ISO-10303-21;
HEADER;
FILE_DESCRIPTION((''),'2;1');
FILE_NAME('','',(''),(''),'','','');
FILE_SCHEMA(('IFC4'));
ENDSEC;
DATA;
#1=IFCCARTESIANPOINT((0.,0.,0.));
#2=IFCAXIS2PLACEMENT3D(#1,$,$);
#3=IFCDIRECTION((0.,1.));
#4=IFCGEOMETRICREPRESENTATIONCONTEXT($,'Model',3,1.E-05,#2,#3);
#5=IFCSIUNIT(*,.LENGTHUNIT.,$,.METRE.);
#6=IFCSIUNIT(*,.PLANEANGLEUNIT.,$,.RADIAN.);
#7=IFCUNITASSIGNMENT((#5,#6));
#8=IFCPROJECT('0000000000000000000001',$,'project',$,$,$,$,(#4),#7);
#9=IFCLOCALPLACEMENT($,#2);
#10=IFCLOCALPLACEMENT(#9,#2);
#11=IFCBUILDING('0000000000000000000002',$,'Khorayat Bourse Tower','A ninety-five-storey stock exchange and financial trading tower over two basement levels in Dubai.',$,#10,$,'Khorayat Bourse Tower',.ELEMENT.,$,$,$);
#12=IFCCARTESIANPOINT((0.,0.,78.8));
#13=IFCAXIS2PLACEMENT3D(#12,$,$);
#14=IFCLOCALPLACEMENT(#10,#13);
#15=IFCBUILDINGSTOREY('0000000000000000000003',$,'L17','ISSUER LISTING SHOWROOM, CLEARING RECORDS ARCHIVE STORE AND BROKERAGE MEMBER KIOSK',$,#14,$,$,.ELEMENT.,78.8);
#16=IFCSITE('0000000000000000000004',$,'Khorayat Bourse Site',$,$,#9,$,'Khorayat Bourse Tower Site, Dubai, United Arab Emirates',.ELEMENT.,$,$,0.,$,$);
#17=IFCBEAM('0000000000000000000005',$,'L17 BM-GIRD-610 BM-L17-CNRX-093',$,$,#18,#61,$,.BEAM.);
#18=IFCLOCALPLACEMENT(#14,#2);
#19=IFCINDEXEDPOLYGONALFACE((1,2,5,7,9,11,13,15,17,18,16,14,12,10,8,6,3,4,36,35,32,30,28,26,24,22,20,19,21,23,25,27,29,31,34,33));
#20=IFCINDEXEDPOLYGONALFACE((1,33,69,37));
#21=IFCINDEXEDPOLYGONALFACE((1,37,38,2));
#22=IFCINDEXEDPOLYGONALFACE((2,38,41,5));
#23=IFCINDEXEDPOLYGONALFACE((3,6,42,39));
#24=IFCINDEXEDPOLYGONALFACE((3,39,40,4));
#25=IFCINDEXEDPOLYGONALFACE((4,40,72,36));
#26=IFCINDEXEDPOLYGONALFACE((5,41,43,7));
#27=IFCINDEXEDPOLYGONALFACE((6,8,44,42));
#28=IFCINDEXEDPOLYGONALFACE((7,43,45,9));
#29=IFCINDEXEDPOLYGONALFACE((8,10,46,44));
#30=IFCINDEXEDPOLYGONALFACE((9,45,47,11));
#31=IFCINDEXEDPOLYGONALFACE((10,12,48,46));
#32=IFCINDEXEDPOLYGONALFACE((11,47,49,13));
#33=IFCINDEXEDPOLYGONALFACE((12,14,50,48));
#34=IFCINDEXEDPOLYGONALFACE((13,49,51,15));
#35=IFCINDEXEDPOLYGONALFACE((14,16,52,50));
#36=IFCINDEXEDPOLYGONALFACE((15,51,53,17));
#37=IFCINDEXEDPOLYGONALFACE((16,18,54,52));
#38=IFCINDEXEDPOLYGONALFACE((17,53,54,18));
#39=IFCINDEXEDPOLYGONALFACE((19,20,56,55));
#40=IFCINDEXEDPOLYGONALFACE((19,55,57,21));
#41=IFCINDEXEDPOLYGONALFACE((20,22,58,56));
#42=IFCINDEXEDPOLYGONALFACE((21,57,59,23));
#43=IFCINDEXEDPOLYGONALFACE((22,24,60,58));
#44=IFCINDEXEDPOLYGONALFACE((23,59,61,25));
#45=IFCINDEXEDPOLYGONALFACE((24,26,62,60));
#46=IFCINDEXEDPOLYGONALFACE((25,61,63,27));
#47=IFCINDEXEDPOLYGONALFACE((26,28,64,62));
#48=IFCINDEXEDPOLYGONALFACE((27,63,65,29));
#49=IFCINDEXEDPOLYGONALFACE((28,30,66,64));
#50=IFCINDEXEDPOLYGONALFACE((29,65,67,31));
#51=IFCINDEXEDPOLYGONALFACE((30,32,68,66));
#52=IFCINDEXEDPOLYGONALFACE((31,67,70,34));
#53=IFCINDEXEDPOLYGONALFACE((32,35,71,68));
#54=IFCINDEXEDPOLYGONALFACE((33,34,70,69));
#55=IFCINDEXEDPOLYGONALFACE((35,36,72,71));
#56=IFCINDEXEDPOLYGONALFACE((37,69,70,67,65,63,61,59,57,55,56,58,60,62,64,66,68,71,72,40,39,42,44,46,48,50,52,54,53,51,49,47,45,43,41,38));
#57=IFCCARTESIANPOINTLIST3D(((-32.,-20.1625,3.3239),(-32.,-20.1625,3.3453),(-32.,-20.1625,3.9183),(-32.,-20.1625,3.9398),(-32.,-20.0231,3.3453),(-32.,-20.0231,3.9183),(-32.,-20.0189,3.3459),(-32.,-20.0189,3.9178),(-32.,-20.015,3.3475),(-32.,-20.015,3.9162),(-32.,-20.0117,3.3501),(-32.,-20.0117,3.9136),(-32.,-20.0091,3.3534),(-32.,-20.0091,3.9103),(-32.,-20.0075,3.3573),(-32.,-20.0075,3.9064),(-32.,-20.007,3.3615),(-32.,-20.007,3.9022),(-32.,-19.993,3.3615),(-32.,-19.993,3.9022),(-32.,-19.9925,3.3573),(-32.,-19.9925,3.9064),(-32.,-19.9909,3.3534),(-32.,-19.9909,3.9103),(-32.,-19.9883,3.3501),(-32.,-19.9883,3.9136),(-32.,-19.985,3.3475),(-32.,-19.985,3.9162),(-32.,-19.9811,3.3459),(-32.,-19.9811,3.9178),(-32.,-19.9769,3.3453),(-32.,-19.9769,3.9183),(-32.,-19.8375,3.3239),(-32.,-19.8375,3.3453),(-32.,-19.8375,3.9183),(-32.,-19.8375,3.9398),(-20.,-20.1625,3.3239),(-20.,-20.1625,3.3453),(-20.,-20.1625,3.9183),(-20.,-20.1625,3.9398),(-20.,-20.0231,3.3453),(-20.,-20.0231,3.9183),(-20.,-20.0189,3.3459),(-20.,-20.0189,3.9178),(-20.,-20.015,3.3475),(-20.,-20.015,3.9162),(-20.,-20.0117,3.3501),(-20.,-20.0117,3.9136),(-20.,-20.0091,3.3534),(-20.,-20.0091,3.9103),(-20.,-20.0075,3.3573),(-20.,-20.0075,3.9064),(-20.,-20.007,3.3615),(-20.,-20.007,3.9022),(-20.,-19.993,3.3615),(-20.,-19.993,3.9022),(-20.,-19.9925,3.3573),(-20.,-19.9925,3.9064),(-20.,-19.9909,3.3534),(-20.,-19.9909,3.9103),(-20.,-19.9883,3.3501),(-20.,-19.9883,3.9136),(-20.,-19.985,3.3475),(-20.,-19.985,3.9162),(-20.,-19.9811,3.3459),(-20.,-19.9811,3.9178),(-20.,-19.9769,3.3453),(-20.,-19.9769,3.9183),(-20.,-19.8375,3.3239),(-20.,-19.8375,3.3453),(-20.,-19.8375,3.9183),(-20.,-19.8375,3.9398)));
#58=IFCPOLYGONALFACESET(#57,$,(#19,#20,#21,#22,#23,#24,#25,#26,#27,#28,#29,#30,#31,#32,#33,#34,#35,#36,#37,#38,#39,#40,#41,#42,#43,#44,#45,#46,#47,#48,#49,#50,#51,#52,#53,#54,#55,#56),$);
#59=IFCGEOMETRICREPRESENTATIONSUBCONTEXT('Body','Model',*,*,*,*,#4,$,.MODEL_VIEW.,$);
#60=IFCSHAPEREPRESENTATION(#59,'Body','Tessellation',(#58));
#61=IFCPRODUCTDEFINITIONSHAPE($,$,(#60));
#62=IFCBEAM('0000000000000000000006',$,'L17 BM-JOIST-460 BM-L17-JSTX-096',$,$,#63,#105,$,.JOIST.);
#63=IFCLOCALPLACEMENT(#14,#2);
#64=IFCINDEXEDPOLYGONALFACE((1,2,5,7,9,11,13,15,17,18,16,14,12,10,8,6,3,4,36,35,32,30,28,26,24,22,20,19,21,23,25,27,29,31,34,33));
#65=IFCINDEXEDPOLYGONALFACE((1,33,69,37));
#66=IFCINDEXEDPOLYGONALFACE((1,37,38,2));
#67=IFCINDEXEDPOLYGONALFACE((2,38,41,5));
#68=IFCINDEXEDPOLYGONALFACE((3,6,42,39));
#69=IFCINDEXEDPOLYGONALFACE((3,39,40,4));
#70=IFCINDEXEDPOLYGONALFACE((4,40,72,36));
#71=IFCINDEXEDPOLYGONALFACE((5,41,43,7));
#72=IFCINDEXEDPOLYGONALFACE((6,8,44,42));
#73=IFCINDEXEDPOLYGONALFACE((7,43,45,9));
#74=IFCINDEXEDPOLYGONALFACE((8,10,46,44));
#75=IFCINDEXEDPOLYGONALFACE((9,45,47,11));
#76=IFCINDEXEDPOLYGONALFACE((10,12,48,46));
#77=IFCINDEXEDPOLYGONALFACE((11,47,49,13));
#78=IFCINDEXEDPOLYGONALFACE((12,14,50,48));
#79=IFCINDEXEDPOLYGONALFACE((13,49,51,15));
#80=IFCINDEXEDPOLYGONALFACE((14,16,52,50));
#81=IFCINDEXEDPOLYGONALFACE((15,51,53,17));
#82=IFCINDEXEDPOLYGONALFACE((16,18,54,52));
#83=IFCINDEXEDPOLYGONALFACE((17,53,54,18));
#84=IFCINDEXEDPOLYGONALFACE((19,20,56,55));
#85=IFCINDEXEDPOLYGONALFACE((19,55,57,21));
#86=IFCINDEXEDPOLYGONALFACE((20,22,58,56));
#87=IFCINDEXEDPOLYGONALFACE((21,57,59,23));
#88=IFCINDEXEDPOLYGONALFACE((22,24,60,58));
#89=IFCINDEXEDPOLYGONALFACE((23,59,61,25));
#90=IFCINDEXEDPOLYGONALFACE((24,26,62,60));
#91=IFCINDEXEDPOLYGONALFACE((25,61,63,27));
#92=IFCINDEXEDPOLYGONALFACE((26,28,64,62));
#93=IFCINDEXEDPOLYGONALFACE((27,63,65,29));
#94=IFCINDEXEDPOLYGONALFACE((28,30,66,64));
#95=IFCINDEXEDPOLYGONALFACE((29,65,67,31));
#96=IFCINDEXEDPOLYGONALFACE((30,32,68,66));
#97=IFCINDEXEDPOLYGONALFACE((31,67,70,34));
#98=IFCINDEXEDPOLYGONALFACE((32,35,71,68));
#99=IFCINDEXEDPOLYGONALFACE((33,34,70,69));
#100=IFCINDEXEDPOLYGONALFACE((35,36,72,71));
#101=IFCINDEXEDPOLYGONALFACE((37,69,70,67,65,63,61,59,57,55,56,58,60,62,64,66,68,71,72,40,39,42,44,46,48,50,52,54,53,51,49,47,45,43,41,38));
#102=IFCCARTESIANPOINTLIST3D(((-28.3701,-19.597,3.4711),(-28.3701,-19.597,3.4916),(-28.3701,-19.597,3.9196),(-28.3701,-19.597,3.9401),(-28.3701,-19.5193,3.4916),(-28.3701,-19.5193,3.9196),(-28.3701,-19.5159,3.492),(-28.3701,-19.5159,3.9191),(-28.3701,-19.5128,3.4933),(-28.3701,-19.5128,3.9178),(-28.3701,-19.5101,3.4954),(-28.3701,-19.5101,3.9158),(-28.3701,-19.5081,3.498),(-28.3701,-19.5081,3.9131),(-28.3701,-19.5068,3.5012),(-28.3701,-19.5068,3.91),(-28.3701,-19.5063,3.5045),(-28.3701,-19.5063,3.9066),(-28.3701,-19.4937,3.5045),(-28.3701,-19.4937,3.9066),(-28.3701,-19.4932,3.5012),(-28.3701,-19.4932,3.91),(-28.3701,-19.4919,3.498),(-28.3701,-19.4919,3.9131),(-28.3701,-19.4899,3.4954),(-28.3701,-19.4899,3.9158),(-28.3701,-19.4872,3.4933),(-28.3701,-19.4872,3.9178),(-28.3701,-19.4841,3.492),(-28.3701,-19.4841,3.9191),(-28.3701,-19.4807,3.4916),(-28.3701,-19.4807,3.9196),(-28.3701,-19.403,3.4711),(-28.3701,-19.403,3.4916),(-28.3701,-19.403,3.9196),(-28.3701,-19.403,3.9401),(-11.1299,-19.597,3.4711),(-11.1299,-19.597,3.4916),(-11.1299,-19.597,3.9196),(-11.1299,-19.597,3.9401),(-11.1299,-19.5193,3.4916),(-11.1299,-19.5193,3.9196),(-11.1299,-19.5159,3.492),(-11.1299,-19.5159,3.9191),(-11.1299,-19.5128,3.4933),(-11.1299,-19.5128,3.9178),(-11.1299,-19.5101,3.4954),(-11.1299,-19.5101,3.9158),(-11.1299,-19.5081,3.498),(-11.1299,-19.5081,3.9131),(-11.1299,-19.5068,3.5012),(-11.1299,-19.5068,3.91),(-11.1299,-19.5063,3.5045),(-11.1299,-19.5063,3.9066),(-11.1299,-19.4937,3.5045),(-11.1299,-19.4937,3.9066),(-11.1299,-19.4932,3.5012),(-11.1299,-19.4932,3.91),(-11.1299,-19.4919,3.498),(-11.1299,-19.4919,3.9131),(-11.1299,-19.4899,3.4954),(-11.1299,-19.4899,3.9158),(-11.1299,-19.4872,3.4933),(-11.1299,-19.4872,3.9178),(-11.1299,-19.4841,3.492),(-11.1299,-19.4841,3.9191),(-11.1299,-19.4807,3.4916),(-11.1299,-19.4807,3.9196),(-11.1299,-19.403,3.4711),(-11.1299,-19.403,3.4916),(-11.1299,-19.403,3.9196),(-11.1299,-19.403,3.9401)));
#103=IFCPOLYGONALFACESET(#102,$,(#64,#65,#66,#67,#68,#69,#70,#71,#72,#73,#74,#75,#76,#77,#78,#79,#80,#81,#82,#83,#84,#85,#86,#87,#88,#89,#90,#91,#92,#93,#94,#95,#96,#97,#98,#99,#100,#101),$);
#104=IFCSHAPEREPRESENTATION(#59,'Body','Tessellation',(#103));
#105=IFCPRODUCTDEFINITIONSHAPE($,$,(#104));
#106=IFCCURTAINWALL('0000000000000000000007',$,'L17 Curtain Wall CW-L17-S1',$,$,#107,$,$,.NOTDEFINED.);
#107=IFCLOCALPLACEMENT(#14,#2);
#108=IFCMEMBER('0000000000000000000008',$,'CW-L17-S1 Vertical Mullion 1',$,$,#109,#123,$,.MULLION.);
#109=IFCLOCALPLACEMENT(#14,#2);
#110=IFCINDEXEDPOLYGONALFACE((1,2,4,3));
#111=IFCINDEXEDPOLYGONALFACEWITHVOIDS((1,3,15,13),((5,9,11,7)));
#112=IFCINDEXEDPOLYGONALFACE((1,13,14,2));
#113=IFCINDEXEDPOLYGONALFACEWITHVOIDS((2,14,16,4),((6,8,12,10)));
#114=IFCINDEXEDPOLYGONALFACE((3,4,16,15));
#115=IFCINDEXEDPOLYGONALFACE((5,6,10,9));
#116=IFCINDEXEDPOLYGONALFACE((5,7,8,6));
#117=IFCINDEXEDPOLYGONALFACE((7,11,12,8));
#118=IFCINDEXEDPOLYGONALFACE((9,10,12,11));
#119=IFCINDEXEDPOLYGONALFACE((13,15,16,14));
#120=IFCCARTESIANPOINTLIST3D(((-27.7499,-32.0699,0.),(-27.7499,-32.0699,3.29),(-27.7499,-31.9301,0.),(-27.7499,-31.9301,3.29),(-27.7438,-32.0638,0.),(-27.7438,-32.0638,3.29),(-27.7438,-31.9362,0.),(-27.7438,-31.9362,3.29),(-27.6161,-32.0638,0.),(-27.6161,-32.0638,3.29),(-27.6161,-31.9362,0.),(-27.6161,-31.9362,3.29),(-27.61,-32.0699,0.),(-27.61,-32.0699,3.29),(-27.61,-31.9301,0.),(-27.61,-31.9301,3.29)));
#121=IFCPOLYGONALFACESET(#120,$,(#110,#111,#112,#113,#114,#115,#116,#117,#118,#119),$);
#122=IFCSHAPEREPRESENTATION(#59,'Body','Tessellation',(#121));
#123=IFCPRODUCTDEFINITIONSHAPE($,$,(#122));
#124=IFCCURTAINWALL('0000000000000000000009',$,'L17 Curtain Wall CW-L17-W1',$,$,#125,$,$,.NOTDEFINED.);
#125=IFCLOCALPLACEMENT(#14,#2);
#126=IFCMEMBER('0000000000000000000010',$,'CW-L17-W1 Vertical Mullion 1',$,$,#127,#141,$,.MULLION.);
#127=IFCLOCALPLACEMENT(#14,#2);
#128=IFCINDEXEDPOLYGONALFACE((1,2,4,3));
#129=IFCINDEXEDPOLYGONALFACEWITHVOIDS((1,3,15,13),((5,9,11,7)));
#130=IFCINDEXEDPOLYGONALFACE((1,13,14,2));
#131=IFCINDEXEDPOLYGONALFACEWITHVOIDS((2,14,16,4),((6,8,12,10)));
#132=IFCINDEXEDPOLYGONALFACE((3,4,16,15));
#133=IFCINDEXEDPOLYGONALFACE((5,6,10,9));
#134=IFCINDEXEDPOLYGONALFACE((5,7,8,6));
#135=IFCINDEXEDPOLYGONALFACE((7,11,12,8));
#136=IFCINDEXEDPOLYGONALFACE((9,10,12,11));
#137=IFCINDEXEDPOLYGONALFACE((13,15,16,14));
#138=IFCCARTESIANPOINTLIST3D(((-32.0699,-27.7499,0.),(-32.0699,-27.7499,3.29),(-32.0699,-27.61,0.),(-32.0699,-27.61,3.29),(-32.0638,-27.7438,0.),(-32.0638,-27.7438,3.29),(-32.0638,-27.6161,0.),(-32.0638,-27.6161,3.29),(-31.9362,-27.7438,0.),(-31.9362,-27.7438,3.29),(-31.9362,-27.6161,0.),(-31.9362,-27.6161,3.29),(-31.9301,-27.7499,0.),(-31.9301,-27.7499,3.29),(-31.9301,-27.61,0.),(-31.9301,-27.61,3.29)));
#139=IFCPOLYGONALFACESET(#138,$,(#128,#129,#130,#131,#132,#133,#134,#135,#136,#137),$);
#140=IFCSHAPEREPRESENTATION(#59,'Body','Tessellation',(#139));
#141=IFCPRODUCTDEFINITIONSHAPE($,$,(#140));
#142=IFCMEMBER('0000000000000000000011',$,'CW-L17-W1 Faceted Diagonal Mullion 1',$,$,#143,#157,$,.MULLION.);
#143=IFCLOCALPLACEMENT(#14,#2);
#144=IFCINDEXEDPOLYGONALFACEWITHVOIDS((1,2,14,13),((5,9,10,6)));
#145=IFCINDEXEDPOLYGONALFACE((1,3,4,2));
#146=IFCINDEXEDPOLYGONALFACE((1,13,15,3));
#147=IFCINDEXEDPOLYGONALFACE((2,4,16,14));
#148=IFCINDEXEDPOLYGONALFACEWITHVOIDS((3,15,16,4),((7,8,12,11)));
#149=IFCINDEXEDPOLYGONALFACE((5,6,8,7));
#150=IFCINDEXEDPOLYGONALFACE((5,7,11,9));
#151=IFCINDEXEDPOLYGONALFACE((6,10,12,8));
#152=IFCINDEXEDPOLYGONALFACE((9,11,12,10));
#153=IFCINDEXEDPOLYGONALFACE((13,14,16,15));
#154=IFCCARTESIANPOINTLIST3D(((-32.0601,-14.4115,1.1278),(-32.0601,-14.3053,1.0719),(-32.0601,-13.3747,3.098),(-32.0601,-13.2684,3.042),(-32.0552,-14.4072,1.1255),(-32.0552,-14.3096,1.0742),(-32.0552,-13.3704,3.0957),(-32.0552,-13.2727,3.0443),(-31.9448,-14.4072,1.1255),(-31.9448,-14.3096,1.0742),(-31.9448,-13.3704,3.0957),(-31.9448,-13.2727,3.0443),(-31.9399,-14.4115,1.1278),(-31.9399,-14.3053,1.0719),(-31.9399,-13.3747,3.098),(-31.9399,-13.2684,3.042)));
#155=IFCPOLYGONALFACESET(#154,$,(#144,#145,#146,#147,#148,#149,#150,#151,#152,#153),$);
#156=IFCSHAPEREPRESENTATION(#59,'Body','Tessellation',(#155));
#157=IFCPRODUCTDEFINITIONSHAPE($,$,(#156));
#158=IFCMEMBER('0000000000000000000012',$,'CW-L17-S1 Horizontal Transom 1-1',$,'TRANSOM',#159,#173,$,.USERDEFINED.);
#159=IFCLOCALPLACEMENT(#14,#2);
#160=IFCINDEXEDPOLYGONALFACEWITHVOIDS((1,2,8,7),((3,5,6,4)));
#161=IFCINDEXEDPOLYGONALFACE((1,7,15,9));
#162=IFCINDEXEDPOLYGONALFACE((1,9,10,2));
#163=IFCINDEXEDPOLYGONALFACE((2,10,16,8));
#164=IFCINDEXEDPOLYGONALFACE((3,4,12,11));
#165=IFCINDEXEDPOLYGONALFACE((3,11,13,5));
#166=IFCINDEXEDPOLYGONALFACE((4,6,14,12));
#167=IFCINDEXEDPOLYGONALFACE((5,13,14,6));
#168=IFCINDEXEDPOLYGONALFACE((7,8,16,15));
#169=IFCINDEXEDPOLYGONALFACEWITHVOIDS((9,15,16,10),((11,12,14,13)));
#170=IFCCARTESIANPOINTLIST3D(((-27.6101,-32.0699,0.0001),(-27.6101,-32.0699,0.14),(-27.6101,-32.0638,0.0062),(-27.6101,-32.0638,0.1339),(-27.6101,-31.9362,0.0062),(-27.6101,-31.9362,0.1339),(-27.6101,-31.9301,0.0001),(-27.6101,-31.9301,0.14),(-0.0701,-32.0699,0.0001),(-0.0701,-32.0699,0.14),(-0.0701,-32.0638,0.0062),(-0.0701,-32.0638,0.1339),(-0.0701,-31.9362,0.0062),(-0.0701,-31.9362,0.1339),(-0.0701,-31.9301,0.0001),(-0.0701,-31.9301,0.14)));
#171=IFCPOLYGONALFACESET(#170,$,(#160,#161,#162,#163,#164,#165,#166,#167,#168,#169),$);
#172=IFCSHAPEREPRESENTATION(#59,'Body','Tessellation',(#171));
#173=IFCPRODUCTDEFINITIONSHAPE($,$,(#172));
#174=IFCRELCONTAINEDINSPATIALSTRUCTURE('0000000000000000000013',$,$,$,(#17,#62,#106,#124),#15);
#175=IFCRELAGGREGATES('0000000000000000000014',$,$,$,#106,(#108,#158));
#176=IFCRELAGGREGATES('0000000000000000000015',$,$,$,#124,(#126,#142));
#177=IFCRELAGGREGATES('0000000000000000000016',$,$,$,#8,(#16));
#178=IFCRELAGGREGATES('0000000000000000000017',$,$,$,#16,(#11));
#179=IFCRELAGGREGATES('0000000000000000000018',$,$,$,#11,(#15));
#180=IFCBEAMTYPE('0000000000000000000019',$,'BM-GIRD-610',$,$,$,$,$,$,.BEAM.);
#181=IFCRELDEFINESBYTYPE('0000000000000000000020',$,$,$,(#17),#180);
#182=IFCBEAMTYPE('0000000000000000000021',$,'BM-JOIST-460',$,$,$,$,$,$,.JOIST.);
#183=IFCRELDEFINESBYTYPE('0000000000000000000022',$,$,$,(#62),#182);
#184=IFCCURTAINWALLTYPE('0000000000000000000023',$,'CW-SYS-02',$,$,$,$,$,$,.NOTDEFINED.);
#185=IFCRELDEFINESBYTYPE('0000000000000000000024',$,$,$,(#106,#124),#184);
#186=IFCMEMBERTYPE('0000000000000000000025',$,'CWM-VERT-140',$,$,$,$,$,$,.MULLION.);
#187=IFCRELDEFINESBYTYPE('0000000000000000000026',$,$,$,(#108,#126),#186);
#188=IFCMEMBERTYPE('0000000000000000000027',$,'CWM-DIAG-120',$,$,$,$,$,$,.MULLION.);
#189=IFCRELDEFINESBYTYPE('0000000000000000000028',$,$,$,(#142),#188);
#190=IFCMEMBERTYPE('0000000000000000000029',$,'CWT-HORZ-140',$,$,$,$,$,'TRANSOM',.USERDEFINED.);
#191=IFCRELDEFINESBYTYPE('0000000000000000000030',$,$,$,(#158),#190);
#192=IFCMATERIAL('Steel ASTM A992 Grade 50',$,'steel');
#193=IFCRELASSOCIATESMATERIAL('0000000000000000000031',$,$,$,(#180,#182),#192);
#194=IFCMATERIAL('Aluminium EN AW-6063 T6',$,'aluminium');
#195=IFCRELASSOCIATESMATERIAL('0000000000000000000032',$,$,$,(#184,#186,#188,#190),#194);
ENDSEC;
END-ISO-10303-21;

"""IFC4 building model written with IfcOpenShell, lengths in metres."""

from ifc_helpers import new_model, si_unit, direction, frame, origin, origin_2d, place, context, subcontext, project, spatial, hollow_rectangle, i_section, extrude, source, transform, mapped, material, material_profile, profile_set, type_object, element, aggregate, save


model = new_model("IFC4")

# Units and contexts
model_context = context("Model", 3, precision=1e-05, world=origin(), true_north=direction((0.0, 1.0)))
body_context = subcontext(model_context, "Body", "Model", "MODEL_VIEW")
ifc_project = project(units=[si_unit("LENGTHUNIT", "METRE"), si_unit("PLANEANGLEUNIT", "RADIAN")], contexts=[model_context])

# Site, building, storey
site_placement = place(None, origin())
site = spatial("IfcSite", under=ifc_project, at=site_placement, Name="Khorayat Bourse Site", LongName="Khorayat Bourse Tower Site, Dubai, United Arab Emirates", CompositionType="ELEMENT", RefElevation=0.0)
building_placement = place(site_placement, origin())
building = spatial("IfcBuilding", under=site, at=building_placement, Name="Khorayat Bourse Tower", Description="A ninety-five-storey stock exchange and financial trading tower over two basement levels in Dubai.", LongName="Khorayat Bourse Tower", CompositionType="ELEMENT")
storey_placement = place(building_placement, frame((0.0, 0.0, 78.8)))
storey = spatial("IfcBuildingStorey", under=building, at=storey_placement, Name="L17", Description="ISSUER LISTING SHOWROOM, CLEARING RECORDS ARCHIVE STORE AND BROKERAGE MEMBER KIOSK", CompositionType="ELEMENT", Elevation=78.8)

# Beams
ifc_material_1 = material(Name="Steel ASTM A992 Grade 50", Category="steel")
ifc_material_profile_1 = material_profile(ifc_material_1, i_section(OverallWidth=0.325, OverallDepth=0.616, WebThickness=0.0139, FlangeThickness=0.0215, FilletRadius=0.0161, at=origin_2d()), Name="W610X174")
ifc_profile_set_1 = profile_set([ifc_material_profile_1], Name="Steel ASTM A992 Grade 50")
beam_type_1 = type_object("IfcBeamType", Name="BM-GIRD-610", PredefinedType="BEAM", material=ifc_profile_set_1)
shared_shape_1 = source(origin(), body_context, "Body", "SweptSolid", [
    extrude(i_section(OverallWidth=0.325, OverallDepth=0.616, WebThickness=0.0139, FlangeThickness=0.0215, FilletRadius=0.0161, at=origin_2d()), origin(), (0.0, 0.0, 1.0), 12.0),
])
beam_1_placement = place(storey_placement, frame((-32.0, -20.0, 3.6318), z_axis=(1.0, 0.0, 0.0), x_axis=(0.0, 1.0, 0.0)))
element("IfcBeam", 1, at=beam_1_placement, inside=storey, type_object=beam_type_1, Name="L17 BM-GIRD-610 BM-L17-CNRX-093", PredefinedType="BEAM", context=body_context, shape_type="MappedRepresentation", body=[
    mapped(shared_shape_1, transform((0.0, 0.0, 0.0), scale=1.0)),
])
ifc_material_profile_2 = material_profile(ifc_material_1, i_section(OverallWidth=0.1941, OverallDepth=0.469, WebThickness=0.0127, FlangeThickness=0.0205, FilletRadius=0.0129, at=origin_2d()), Name="W460X106")
ifc_profile_set_2 = profile_set([ifc_material_profile_2], Name="Steel ASTM A992 Grade 50")
beam_type_2 = type_object("IfcBeamType", Name="BM-JOIST-460", PredefinedType="JOIST", material=ifc_profile_set_2)
shared_shape_2 = source(origin(), body_context, "Body", "SweptSolid", [
    extrude(i_section(OverallWidth=0.1941, OverallDepth=0.469, WebThickness=0.0127, FlangeThickness=0.0205, FilletRadius=0.0129, at=origin_2d()), origin(), (0.0, 0.0, 1.0), 17.2402),
])
beam_2_placement = place(storey_placement, frame((-28.3701, -19.5, 3.7056), z_axis=(1.0, 0.0, 0.0), x_axis=(0.0, 1.0, 0.0)))
element("IfcBeam", 2, at=beam_2_placement, inside=storey, type_object=beam_type_2, Name="L17 BM-JOIST-460 BM-L17-JSTX-096", PredefinedType="JOIST", context=body_context, shape_type="MappedRepresentation", body=[
    mapped(shared_shape_2, transform((0.0, 0.0, 0.0), scale=1.0)),
])

# Curtain wall, member
ifc_material_2 = material(Name="Aluminium EN AW-6063 T6", Category="aluminium")
curtain_wall_type = type_object("IfcCurtainWallType", Name="CW-SYS-02", PredefinedType="NOTDEFINED", material=ifc_material_2)
curtain_wall_1_placement = place(storey_placement, origin())
curtain_wall_1 = element("IfcCurtainWall", 3, at=curtain_wall_1_placement, inside=storey, type_object=curtain_wall_type, Name="L17 Curtain Wall CW-L17-S1", PredefinedType="NOTDEFINED")
ifc_material_profile_3 = material_profile(ifc_material_2, hollow_rectangle(XDim=0.1399, YDim=0.1399, WallThickness=0.0061, at=origin_2d()), Name="ALU 140x140x6")
ifc_profile_set_3 = profile_set([ifc_material_profile_3], Name="Aluminium EN AW-6063 T6")
member_type_1 = type_object("IfcMemberType", Name="CWM-VERT-140", PredefinedType="MULLION", material=ifc_profile_set_3)
shared_shape_3 = source(origin(), body_context, "Body", "SweptSolid", [
    extrude(hollow_rectangle(XDim=0.1399, YDim=0.1399, WallThickness=0.0061, at=origin_2d()), origin(), (0.0, 0.0, 1.0), 3.29),
])
member_1_placement = place(storey_placement, frame((-27.6799, -32.0, 0.0), z_axis=(0.0, 0.0, 1.0), x_axis=(0.0, 1.0, 0.0)))
member_1 = element("IfcMember", 4, at=member_1_placement, type_object=member_type_1, Name="CW-L17-S1 Vertical Mullion 1", PredefinedType="MULLION", context=body_context, shape_type="MappedRepresentation", body=[
    mapped(shared_shape_3, transform((0.0, 0.0, 0.0), scale=1.0)),
])

# Curtain wall, members
curtain_wall_2_placement = place(storey_placement, origin())
curtain_wall_2 = element("IfcCurtainWall", 5, at=curtain_wall_2_placement, inside=storey, type_object=curtain_wall_type, Name="L17 Curtain Wall CW-L17-W1", PredefinedType="NOTDEFINED")
member_2_placement = place(storey_placement, frame((-32.0, -27.6799, 0.0), z_axis=(0.0, 0.0, 1.0), x_axis=(-1.0, 0.0, 0.0)))
member_2 = element("IfcMember", 6, at=member_2_placement, type_object=member_type_1, Name="CW-L17-W1 Vertical Mullion 1", PredefinedType="MULLION", context=body_context, shape_type="MappedRepresentation", body=[
    mapped(shared_shape_3, transform((0.0, 0.0, 0.0), scale=1.0)),
])
ifc_material_profile_4 = material_profile(ifc_material_2, hollow_rectangle(XDim=0.1201, YDim=0.1201, WallThickness=0.0049, at=origin_2d()), Name="ALU 120x120x5")
ifc_profile_set_4 = profile_set([ifc_material_profile_4], Name="Aluminium EN AW-6063 T6")
member_type_2 = type_object("IfcMemberType", Name="CWM-DIAG-120", PredefinedType="MULLION", material=ifc_profile_set_4)
shared_shape_4 = source(origin(), body_context, "Body", "SweptSolid", [
    extrude(hollow_rectangle(XDim=0.1201, YDim=0.1201, WallThickness=0.0049, at=origin_2d()), origin(), (0.0, 0.0, 1.0), 2.2263),
])
member_3_placement = place(storey_placement, frame((-32.0, -14.3584, 1.0999), z_axis=(0.0, 0.465715, 0.884935), x_axis=(-1.0, 0.0, 0.0)))
member_3 = element("IfcMember", 7, at=member_3_placement, type_object=member_type_2, Name="CW-L17-W1 Faceted Diagonal Mullion 1", PredefinedType="MULLION", context=body_context, shape_type="MappedRepresentation", body=[
    mapped(shared_shape_4, transform((0.0, 0.0, 0.0), scale=1.0)),
])

# Member
ifc_material_profile_5 = material_profile(ifc_material_2, hollow_rectangle(XDim=0.1399, YDim=0.1399, WallThickness=0.0061, at=origin_2d()), Name="ALU 140x140x6")
ifc_profile_set_5 = profile_set([ifc_material_profile_5], Name="Aluminium EN AW-6063 T6")
member_type_3 = type_object("IfcMemberType", Name="CWT-HORZ-140", ElementType="TRANSOM", PredefinedType="USERDEFINED", material=ifc_profile_set_5)
shared_shape_5 = source(origin(), body_context, "Body", "SweptSolid", [
    extrude(hollow_rectangle(XDim=0.1399, YDim=0.1399, WallThickness=0.0061, at=origin_2d()), origin(), (0.0, 0.0, 1.0), 27.54),
])
member_4_placement = place(storey_placement, frame((-27.6101, -32.0, 0.0701), z_axis=(1.0, 0.0, 0.0), x_axis=(0.0, 1.0, 0.0)))
member_4 = element("IfcMember", 8, at=member_4_placement, type_object=member_type_3, Name="CW-L17-S1 Horizontal Transom 1-1", ObjectType="TRANSOM", PredefinedType="USERDEFINED", context=body_context, shape_type="MappedRepresentation", body=[
    mapped(shared_shape_5, transform((0.0, 0.0, 0.0), scale=1.0)),
])
aggregate(curtain_wall_1, [member_1, member_4])
aggregate(curtain_wall_2, [member_2, member_3])

save(model, "model.ifc")
